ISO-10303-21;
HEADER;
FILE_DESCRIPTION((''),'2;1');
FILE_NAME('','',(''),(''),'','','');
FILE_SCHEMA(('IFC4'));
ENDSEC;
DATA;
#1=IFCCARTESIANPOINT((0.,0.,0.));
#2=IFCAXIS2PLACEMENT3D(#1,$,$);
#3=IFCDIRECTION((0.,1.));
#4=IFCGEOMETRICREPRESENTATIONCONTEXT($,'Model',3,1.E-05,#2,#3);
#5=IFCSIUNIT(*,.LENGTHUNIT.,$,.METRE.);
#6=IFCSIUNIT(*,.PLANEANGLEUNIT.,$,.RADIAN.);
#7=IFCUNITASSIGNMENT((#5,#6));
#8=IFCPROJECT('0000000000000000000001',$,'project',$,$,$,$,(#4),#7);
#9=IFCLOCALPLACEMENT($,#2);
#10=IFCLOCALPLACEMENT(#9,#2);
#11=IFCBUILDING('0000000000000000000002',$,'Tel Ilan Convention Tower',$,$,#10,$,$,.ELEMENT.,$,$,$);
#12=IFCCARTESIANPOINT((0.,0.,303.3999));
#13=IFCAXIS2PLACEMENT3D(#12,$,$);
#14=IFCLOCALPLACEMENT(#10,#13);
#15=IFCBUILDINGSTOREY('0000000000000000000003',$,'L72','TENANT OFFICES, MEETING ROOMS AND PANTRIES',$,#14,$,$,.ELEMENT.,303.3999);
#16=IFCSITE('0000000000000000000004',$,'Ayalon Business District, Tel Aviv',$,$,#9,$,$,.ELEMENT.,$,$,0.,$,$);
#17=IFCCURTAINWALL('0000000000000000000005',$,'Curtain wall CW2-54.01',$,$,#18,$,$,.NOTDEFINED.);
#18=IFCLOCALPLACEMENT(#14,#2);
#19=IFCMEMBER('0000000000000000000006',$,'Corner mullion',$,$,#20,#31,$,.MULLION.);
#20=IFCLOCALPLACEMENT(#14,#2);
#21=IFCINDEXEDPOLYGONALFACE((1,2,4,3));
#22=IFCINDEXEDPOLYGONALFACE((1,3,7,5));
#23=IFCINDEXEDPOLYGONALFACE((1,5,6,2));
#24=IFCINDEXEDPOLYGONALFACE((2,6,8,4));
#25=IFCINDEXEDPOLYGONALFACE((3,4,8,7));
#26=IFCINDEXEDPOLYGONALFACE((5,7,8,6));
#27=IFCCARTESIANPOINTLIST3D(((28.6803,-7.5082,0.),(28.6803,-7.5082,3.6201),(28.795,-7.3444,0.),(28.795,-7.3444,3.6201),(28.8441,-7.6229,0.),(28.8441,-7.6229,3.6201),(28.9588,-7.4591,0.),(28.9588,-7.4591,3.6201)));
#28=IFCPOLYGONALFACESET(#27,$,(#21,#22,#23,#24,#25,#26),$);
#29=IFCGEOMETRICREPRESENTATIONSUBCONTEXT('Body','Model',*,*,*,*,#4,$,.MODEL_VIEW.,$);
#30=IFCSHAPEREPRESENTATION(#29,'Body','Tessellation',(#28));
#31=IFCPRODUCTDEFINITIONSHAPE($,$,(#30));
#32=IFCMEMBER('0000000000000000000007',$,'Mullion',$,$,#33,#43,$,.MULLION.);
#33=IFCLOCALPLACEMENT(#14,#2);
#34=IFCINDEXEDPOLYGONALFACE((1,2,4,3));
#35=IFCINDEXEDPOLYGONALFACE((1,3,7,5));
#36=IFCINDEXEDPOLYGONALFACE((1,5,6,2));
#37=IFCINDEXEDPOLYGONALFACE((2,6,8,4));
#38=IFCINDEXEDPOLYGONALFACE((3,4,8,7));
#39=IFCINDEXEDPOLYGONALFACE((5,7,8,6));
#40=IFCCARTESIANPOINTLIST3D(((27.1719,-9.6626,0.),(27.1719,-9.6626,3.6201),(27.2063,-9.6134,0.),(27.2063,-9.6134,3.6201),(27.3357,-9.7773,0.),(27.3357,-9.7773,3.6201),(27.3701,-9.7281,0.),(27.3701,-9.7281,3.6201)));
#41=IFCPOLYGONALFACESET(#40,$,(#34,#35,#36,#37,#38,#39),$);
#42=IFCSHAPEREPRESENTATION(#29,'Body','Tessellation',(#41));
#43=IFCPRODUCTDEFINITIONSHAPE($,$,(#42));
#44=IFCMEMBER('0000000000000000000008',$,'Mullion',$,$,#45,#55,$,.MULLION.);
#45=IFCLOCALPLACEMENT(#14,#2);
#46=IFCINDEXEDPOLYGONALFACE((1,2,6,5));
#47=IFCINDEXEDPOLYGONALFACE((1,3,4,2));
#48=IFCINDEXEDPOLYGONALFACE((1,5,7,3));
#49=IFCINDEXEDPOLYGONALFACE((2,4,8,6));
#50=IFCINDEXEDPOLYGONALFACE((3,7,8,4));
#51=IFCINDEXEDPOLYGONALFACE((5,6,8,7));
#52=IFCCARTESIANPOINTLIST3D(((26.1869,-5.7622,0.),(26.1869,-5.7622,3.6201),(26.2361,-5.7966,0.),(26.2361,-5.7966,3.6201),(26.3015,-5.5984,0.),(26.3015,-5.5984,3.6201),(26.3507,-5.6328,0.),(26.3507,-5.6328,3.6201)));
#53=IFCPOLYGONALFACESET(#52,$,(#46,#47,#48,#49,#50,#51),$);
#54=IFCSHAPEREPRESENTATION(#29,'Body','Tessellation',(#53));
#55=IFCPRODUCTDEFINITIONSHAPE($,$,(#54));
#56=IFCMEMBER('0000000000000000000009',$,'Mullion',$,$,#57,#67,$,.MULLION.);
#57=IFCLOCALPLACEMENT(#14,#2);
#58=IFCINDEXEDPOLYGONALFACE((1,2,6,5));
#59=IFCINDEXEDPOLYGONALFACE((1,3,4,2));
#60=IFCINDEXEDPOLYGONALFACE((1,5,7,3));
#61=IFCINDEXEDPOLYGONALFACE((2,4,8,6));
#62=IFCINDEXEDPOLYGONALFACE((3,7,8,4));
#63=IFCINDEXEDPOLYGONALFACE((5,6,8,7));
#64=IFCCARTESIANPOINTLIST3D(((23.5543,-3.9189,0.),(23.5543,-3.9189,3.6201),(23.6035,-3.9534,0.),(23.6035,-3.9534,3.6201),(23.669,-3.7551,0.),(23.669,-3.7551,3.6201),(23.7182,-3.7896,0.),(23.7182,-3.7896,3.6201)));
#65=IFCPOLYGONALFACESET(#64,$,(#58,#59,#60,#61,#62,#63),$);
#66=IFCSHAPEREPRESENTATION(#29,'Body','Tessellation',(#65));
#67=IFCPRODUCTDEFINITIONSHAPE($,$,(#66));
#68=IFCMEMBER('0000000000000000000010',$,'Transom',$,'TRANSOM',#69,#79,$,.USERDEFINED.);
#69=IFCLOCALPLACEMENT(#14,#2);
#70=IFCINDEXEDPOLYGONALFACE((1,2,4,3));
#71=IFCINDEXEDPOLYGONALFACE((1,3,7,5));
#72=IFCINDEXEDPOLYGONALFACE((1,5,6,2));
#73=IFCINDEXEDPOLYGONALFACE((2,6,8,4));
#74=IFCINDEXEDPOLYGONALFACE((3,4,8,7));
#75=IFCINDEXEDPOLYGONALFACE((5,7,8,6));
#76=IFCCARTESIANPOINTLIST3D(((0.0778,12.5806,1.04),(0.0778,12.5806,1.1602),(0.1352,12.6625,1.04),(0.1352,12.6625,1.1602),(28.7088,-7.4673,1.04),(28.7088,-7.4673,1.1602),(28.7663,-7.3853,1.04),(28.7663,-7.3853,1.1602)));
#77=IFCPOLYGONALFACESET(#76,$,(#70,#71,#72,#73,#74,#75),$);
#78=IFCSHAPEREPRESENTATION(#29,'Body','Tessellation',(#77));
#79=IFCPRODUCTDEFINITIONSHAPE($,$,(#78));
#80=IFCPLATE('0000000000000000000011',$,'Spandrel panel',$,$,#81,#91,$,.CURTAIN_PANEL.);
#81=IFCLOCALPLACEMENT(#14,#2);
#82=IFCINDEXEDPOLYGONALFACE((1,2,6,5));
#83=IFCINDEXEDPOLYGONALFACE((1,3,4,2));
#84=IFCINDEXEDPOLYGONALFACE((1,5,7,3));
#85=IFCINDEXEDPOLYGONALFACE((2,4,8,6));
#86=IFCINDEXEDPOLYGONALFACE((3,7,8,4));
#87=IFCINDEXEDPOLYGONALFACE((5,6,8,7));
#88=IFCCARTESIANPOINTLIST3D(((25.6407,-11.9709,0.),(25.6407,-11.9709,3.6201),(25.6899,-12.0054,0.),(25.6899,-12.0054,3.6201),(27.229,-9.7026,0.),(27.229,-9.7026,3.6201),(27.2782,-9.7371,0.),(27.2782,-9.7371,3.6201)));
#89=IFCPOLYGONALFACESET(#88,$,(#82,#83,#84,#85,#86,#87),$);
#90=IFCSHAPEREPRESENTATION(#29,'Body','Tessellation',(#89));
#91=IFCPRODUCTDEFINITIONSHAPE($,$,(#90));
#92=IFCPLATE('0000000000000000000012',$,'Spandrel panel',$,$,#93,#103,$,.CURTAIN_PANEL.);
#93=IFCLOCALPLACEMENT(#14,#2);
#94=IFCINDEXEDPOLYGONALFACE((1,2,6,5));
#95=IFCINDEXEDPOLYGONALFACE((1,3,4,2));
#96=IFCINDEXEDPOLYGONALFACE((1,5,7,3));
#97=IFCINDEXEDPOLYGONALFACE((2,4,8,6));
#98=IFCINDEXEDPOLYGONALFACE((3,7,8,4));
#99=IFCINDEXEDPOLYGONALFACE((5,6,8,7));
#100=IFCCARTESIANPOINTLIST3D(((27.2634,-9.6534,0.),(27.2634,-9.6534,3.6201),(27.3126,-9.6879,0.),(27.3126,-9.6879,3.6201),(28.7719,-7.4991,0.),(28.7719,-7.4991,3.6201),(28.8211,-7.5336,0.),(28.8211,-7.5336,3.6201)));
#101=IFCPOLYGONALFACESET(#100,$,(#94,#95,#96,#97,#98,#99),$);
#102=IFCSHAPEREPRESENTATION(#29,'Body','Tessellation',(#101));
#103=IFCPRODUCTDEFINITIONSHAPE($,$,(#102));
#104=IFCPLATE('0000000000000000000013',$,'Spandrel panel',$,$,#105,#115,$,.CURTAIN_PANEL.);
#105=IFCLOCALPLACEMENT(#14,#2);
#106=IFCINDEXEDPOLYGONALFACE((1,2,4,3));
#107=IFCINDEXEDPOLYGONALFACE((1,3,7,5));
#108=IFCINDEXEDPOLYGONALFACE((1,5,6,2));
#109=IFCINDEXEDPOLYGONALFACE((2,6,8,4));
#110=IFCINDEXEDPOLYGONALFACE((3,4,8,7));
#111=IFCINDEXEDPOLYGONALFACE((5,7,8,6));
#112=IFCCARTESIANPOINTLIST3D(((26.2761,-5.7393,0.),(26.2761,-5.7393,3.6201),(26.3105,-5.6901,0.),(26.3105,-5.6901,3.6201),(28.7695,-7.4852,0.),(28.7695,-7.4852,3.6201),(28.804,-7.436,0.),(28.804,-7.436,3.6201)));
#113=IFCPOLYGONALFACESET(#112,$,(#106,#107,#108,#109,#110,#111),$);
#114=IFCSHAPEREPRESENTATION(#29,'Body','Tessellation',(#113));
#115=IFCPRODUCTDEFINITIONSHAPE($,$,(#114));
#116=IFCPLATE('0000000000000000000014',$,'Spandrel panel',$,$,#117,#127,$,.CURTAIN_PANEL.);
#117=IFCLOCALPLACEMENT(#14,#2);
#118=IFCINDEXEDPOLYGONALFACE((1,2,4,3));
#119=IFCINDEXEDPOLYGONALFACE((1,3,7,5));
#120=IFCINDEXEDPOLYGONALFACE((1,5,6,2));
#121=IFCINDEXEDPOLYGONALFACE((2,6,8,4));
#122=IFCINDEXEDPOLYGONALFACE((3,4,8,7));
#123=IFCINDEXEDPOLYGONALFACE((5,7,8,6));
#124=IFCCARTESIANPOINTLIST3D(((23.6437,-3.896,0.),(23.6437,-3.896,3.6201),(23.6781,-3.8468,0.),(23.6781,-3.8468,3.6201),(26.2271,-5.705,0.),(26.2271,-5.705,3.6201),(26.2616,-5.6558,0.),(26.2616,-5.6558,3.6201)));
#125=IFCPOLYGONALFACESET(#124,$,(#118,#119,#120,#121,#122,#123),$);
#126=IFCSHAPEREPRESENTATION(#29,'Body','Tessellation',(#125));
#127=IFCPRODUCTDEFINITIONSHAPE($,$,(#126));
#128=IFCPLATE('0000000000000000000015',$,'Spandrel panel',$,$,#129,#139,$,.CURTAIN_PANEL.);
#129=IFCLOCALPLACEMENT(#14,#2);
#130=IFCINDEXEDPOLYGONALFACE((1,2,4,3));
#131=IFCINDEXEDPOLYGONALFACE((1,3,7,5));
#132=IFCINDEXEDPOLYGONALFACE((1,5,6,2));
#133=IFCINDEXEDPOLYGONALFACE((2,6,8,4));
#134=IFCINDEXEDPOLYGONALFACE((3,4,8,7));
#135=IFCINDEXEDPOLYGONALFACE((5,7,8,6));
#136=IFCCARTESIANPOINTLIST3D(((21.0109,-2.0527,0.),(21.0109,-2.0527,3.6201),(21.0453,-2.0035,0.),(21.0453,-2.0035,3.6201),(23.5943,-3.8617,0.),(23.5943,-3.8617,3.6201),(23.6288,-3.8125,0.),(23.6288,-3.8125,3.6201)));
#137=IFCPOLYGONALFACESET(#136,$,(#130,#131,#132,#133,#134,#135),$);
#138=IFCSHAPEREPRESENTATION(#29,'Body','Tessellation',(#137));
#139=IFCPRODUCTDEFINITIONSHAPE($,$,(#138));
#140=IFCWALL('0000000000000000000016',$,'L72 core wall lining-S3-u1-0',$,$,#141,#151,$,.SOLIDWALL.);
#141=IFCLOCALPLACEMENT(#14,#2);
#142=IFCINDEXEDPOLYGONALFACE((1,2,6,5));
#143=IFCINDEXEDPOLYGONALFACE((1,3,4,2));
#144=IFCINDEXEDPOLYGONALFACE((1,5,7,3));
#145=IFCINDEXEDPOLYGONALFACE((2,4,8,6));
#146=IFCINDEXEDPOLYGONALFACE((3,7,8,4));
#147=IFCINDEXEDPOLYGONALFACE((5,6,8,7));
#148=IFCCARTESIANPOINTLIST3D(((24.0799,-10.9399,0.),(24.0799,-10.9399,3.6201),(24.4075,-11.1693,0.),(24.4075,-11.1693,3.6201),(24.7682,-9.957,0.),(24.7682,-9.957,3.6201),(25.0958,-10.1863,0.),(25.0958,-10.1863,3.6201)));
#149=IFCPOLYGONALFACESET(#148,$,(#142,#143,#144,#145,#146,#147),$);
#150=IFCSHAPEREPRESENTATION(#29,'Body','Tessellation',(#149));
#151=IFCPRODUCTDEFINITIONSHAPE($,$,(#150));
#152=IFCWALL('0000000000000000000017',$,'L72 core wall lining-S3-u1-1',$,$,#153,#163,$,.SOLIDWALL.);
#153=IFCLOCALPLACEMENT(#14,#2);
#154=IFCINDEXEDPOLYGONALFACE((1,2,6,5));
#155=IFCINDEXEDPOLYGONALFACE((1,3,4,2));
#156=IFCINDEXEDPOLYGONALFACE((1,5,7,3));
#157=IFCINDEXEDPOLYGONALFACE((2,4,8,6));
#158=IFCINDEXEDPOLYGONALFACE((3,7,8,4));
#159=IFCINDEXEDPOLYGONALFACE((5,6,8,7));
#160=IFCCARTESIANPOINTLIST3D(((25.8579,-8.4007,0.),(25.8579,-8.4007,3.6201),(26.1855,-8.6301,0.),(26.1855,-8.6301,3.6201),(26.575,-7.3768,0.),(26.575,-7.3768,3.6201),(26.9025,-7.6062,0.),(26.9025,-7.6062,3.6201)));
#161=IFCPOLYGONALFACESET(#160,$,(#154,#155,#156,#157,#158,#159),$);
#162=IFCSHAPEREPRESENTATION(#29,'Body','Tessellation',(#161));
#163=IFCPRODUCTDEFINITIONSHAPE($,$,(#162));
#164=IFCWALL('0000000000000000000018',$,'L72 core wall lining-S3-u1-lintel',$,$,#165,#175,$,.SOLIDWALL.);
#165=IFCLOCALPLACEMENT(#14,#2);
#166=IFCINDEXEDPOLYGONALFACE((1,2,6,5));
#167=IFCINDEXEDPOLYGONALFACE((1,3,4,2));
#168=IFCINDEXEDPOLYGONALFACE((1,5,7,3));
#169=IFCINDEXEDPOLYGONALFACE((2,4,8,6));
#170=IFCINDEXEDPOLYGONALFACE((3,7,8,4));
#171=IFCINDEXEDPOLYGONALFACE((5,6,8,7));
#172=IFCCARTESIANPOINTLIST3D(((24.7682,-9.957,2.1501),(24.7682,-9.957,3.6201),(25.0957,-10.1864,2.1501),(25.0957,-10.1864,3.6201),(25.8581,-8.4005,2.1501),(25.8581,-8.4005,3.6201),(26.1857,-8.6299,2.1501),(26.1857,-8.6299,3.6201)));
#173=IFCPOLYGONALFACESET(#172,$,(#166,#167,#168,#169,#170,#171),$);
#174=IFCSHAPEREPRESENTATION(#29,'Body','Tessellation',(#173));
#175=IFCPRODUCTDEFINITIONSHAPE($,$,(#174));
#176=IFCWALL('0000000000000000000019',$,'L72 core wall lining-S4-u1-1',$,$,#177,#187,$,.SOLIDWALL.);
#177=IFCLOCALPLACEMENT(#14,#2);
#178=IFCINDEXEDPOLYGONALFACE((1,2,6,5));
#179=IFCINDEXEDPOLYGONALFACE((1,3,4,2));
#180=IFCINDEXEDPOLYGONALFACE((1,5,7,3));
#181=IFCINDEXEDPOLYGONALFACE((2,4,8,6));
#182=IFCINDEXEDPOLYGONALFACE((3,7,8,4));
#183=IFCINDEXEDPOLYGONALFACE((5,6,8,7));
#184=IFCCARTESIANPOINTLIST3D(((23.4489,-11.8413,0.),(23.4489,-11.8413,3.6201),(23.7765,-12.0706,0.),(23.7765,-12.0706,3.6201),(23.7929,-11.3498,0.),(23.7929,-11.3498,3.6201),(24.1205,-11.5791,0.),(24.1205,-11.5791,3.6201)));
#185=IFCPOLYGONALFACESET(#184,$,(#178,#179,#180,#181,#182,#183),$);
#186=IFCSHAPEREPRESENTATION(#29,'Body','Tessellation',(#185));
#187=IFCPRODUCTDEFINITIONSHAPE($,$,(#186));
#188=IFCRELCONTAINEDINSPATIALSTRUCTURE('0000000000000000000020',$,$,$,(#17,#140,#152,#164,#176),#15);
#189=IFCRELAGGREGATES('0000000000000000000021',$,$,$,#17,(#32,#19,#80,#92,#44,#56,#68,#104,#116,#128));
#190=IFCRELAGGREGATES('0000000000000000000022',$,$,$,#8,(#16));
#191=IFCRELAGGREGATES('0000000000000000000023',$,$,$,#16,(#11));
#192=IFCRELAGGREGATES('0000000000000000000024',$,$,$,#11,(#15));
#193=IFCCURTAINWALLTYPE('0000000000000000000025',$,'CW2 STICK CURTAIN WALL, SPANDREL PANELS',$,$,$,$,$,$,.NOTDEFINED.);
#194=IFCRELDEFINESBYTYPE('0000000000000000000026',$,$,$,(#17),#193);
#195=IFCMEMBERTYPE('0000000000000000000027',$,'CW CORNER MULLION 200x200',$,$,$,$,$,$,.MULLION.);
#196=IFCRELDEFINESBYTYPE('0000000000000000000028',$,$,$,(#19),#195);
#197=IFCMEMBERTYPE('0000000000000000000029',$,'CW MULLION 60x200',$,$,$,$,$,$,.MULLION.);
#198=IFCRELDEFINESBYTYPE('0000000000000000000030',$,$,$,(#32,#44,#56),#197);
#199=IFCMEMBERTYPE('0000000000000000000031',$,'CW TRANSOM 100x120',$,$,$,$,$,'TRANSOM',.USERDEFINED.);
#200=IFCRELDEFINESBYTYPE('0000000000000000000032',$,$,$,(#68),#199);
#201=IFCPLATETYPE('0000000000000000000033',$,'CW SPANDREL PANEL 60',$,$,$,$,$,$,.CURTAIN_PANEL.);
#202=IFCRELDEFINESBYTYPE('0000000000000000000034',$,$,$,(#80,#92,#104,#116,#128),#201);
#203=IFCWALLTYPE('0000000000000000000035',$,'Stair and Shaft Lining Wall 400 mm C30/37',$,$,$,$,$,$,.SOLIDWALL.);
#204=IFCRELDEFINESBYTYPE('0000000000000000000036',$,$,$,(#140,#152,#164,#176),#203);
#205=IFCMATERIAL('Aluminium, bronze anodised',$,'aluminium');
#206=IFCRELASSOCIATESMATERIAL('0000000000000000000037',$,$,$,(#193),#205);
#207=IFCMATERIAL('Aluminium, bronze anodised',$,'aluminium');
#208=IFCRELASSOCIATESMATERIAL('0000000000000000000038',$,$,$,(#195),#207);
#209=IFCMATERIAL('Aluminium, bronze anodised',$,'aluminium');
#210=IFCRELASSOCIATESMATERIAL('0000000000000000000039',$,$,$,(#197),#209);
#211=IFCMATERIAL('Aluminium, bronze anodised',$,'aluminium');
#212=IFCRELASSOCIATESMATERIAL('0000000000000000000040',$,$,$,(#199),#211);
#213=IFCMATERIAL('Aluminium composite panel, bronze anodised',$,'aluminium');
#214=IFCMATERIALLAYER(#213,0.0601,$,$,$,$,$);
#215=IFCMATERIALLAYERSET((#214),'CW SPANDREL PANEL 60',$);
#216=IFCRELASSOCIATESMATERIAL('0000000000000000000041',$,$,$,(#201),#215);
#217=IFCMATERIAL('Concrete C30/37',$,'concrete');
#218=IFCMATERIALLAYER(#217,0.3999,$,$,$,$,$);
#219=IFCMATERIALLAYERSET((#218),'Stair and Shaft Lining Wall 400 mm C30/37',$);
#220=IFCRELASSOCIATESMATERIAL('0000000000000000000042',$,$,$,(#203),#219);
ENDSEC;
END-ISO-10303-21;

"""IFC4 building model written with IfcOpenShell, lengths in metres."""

from ifc_helpers import new_model, si_unit, direction, frame, frame_2d, origin, origin_2d, place, context, subcontext, project, spatial, rectangle, extrude, material, layer, layer_set, material_profile, profile_set, type_object, element, aggregate, save


model = new_model("IFC4")

# Units and contexts
model_context = context("Model", 3, precision=1e-05, world=origin(), true_north=direction((0.0, 1.0)))
body_context = subcontext(model_context, "Body", "Model", "MODEL_VIEW")
ifc_project = project(units=[si_unit("LENGTHUNIT", "METRE"), si_unit("PLANEANGLEUNIT", "RADIAN")], contexts=[model_context])

# Site, building, storey
site_placement = place(None, origin())
site = spatial("IfcSite", under=ifc_project, at=site_placement, Name="Ayalon Business District, Tel Aviv", CompositionType="ELEMENT", RefElevation=0.0)
building_placement = place(site_placement, origin())
building = spatial("IfcBuilding", under=site, at=building_placement, Name="Tel Ilan Convention Tower", CompositionType="ELEMENT")
storey_placement = place(building_placement, frame((0.0, 0.0, 303.3999)))
storey = spatial("IfcBuildingStorey", under=building, at=storey_placement, Name="L72", Description="TENANT OFFICES, MEETING ROOMS AND PANTRIES", CompositionType="ELEMENT", Elevation=303.3999)

# Curtain wall, members, plates
ifc_material_1 = material(Name="Aluminium, bronze anodised", Category="aluminium")
curtain_wall_type = type_object("IfcCurtainWallType", Name="CW2 STICK CURTAIN WALL, SPANDREL PANELS", PredefinedType="NOTDEFINED", material=ifc_material_1)
curtain_wall_placement = place(storey_placement, origin())
curtain_wall = element("IfcCurtainWall", 1, at=curtain_wall_placement, inside=storey, type_object=curtain_wall_type, Name="Curtain wall CW2-54.01", PredefinedType="NOTDEFINED")
ifc_material_2 = material(Name="Aluminium, bronze anodised", Category="aluminium")
ifc_material_profile_1 = material_profile(ifc_material_2, rectangle(XDim=0.2, YDim=0.2, at=origin_2d()), Name="CW CORNER MULLION 200x200")
ifc_profile_set_1 = profile_set([ifc_material_profile_1], Name="Aluminium, bronze anodised")
member_type_1 = type_object("IfcMemberType", Name="CW CORNER MULLION 200x200", PredefinedType="MULLION", material=ifc_profile_set_1)
member_1_placement = place(storey_placement, frame((28.8196, -7.4836, 0.0), z_axis=(0.0, 0.0, 1.0), x_axis=(0.573576, 0.819152, 0.0)))
member_1 = element("IfcMember", 2, at=member_1_placement, type_object=member_type_1, Name="Corner mullion", PredefinedType="MULLION", context=body_context, shape_type="SweptSolid", body=[
    extrude(rectangle(XDim=0.2, YDim=0.2, at=origin_2d()), origin(), (0.0, 0.0, 1.0), 3.6201),
])
ifc_material_3 = material(Name="Aluminium, bronze anodised", Category="aluminium")
ifc_material_profile_2 = material_profile(ifc_material_3, rectangle(XDim=0.0601, YDim=0.2, at=origin_2d()), Name="CW MULLION 60x200")
ifc_profile_set_2 = profile_set([ifc_material_profile_2], Name="Aluminium, bronze anodised")
member_type_2 = type_object("IfcMemberType", Name="CW MULLION 60x200", PredefinedType="MULLION", material=ifc_profile_set_2)
member_2_placement = place(storey_placement, frame((27.271, -9.6953, 0.0), z_axis=(0.0, 0.0, 1.0), x_axis=(0.573576, 0.819152, 0.0)))
member_2 = element("IfcMember", 3, at=member_2_placement, type_object=member_type_2, Name="Mullion", PredefinedType="MULLION", context=body_context, shape_type="SweptSolid", body=[
    extrude(rectangle(XDim=0.0601, YDim=0.2, at=origin_2d()), origin(), (0.0, 0.0, 1.0), 3.6201),
])
member_3_placement = place(storey_placement, frame((26.2688, -5.6975, 0.0), z_axis=(0.0, 0.0, 1.0), x_axis=(-0.819152, 0.573576, 0.0)))
member_3 = element("IfcMember", 4, at=member_3_placement, type_object=member_type_2, Name="Mullion", PredefinedType="MULLION", context=body_context, shape_type="SweptSolid", body=[
    extrude(rectangle(XDim=0.0601, YDim=0.2, at=origin_2d()), origin(), (0.0, 0.0, 1.0), 3.6201),
])
member_4_placement = place(storey_placement, frame((23.6362, -3.8542, 0.0), z_axis=(0.0, 0.0, 1.0), x_axis=(-0.819152, 0.573576, 0.0)))
member_4 = element("IfcMember", 5, at=member_4_placement, type_object=member_type_2, Name="Mullion", PredefinedType="MULLION", context=body_context, shape_type="SweptSolid", body=[
    extrude(rectangle(XDim=0.0601, YDim=0.2, at=origin_2d()), origin(), (0.0, 0.0, 1.0), 3.6201),
])
ifc_material_4 = material(Name="Aluminium, bronze anodised", Category="aluminium")
ifc_material_profile_3 = material_profile(ifc_material_4, rectangle(XDim=0.1001, YDim=0.1201, at=origin_2d()), Name="CW TRANSOM 100x120")
ifc_profile_set_3 = profile_set([ifc_material_profile_3], Name="Aluminium, bronze anodised")
member_type_3 = type_object("IfcMemberType", Name="CW TRANSOM 100x120", ElementType="TRANSOM", PredefinedType="USERDEFINED", material=ifc_profile_set_3)
member_5_placement = place(storey_placement, frame((28.7375, -7.4263, 1.1001), z_axis=(-0.81915, 0.573579, 0.0), x_axis=(-0.573579, -0.81915, 0.0)))
member_5 = element("IfcMember", 6, at=member_5_placement, type_object=member_type_3, Name="Transom", ObjectType="TRANSOM", PredefinedType="USERDEFINED", context=body_context, shape_type="SweptSolid", body=[
    extrude(rectangle(XDim=0.1001, YDim=0.1201, at=origin_2d()), origin(), (0.0, 0.0, 1.0), 34.9521),
])
ifc_material_5 = material(Name="Aluminium composite panel, bronze anodised", Category="aluminium")
ifc_layer_1 = layer(ifc_material_5, 0.0601)
ifc_layer_set_1 = layer_set([ifc_layer_1], Name="CW SPANDREL PANEL 60")
plate_type = type_object("IfcPlateType", Name="CW SPANDREL PANEL 60", PredefinedType="CURTAIN_PANEL", material=ifc_layer_set_1)
plate_1_placement = place(storey_placement, frame((26.4595, -10.854, 0.0), z_axis=(0.0, 0.0, 1.0), x_axis=(0.573576, 0.819152, 0.0)))
plate_1 = element("IfcPlate", 7, at=plate_1_placement, type_object=plate_type, Name="Spandrel panel", PredefinedType="CURTAIN_PANEL", context=body_context, shape_type="SweptSolid", body=[
    extrude(rectangle(XDim=2.769, YDim=0.0601, at=origin_2d()), origin(), (0.0, 0.0, 1.0), 3.6201),
])
plate_2_placement = place(storey_placement, frame((28.0422, -8.5935, 0.0), z_axis=(0.0, 0.0, 1.0), x_axis=(0.573576, 0.819152, 0.0)))
plate_2 = element("IfcPlate", 8, at=plate_2_placement, type_object=plate_type, Name="Spandrel panel", PredefinedType="CURTAIN_PANEL", context=body_context, shape_type="SweptSolid", body=[
    extrude(rectangle(XDim=2.6299, YDim=0.0601, at=origin_2d()), origin(), (0.0, 0.0, 1.0), 3.6201),
])
plate_3_placement = place(storey_placement, frame((27.54, -6.5876, 0.0), z_axis=(0.0, 0.0, 1.0), x_axis=(-0.819152, 0.573576, 0.0)))
plate_3 = element("IfcPlate", 9, at=plate_3_placement, type_object=plate_type, Name="Spandrel panel", PredefinedType="CURTAIN_PANEL", context=body_context, shape_type="SweptSolid", body=[
    extrude(rectangle(XDim=3.0439, YDim=0.0601, at=origin_2d()), origin(), (0.0, 0.0, 1.0), 3.6201),
])
plate_4_placement = place(storey_placement, frame((24.9526, -4.7759, 0.0), z_axis=(0.0, 0.0, 1.0), x_axis=(-0.819152, 0.573576, 0.0)))
plate_4 = element("IfcPlate", 10, at=plate_4_placement, type_object=plate_type, Name="Spandrel panel", PredefinedType="CURTAIN_PANEL", context=body_context, shape_type="SweptSolid", body=[
    extrude(rectangle(XDim=3.1538, YDim=0.0601, at=origin_2d()), origin(), (0.0, 0.0, 1.0), 3.6201),
])
plate_5_placement = place(storey_placement, frame((22.3198, -2.9326, 0.0), z_axis=(0.0, 0.0, 1.0), x_axis=(-0.819152, 0.573576, 0.0)))
plate_5 = element("IfcPlate", 11, at=plate_5_placement, type_object=plate_type, Name="Spandrel panel", PredefinedType="CURTAIN_PANEL", context=body_context, shape_type="SweptSolid", body=[
    extrude(rectangle(XDim=3.1538, YDim=0.0601, at=origin_2d()), origin(), (0.0, 0.0, 1.0), 3.6201),
])
aggregate(curtain_wall, [member_2, member_1, plate_1, plate_2, member_3, member_4, member_5, plate_3, plate_4, plate_5])

# Walls
ifc_material_6 = material(Name="Concrete C30/37", Category="concrete")
ifc_layer_2 = layer(ifc_material_6, 0.3999)
ifc_layer_set_2 = layer_set([ifc_layer_2], Name="Stair and Shaft Lining Wall 400 mm C30/37")
wall_type = type_object("IfcWallType", Name="Stair and Shaft Lining Wall 400 mm C30/37", PredefinedType="SOLIDWALL", material=ifc_layer_set_2)
wall_1_placement = place(storey_placement, frame((24.2437, -11.0547, 0.0), z_axis=(0.0, 0.0, 1.0), x_axis=(0.573572, 0.819155, 0.0)))
element("IfcWall", 12, at=wall_1_placement, inside=storey, type_object=wall_type, Name="L72 core wall lining-S3-u1-0", PredefinedType="SOLIDWALL", context=body_context, shape_type="SweptSolid", body=[
    extrude(rectangle(XDim=1.2, YDim=0.3999, at=frame_2d((0.6001, 0.0))), origin(), (0.0, 0.0, 1.0), 3.6201),
])
wall_2_placement = place(storey_placement, frame((26.0217, -8.5154, 0.0), z_axis=(0.0, 0.0, 1.0), x_axis=(0.57362, 0.819122, 0.0)))
element("IfcWall", 13, at=wall_2_placement, inside=storey, type_object=wall_type, Name="L72 core wall lining-S3-u1-1", PredefinedType="SOLIDWALL", context=body_context, shape_type="SweptSolid", body=[
    extrude(rectangle(XDim=1.25, YDim=0.3999, at=frame_2d((0.625, 0.0))), origin(), (0.0, 0.0, 1.0), 3.6201),
])
wall_3_placement = place(storey_placement, frame((24.9319, -10.0718, 2.1501), z_axis=(0.0, 0.0, 1.0), x_axis=(0.573592, 0.819141, 0.0)))
element("IfcWall", 14, at=wall_3_placement, inside=storey, type_object=wall_type, Name="L72 core wall lining-S3-u1-lintel", PredefinedType="SOLIDWALL", context=body_context, shape_type="SweptSolid", body=[
    extrude(rectangle(XDim=1.9001, YDim=0.3999, at=frame_2d((0.9502, 0.0))), origin(), (0.0, 0.0, 1.0), 1.47),
])
wall_4_placement = place(storey_placement, frame((23.6128, -11.9558, 0.0), z_axis=(0.0, 0.0, 1.0), x_axis=(0.573435, 0.819251, 0.0)))
element("IfcWall", 15, at=wall_4_placement, inside=storey, type_object=wall_type, Name="L72 core wall lining-S4-u1-1", PredefinedType="SOLIDWALL", context=body_context, shape_type="SweptSolid", body=[
    extrude(rectangle(XDim=0.5999, YDim=0.3999, at=frame_2d((0.2998, 0.0))), origin(), (0.0, 0.0, 1.0), 3.6201),
])

save(model, "model.ifc")
